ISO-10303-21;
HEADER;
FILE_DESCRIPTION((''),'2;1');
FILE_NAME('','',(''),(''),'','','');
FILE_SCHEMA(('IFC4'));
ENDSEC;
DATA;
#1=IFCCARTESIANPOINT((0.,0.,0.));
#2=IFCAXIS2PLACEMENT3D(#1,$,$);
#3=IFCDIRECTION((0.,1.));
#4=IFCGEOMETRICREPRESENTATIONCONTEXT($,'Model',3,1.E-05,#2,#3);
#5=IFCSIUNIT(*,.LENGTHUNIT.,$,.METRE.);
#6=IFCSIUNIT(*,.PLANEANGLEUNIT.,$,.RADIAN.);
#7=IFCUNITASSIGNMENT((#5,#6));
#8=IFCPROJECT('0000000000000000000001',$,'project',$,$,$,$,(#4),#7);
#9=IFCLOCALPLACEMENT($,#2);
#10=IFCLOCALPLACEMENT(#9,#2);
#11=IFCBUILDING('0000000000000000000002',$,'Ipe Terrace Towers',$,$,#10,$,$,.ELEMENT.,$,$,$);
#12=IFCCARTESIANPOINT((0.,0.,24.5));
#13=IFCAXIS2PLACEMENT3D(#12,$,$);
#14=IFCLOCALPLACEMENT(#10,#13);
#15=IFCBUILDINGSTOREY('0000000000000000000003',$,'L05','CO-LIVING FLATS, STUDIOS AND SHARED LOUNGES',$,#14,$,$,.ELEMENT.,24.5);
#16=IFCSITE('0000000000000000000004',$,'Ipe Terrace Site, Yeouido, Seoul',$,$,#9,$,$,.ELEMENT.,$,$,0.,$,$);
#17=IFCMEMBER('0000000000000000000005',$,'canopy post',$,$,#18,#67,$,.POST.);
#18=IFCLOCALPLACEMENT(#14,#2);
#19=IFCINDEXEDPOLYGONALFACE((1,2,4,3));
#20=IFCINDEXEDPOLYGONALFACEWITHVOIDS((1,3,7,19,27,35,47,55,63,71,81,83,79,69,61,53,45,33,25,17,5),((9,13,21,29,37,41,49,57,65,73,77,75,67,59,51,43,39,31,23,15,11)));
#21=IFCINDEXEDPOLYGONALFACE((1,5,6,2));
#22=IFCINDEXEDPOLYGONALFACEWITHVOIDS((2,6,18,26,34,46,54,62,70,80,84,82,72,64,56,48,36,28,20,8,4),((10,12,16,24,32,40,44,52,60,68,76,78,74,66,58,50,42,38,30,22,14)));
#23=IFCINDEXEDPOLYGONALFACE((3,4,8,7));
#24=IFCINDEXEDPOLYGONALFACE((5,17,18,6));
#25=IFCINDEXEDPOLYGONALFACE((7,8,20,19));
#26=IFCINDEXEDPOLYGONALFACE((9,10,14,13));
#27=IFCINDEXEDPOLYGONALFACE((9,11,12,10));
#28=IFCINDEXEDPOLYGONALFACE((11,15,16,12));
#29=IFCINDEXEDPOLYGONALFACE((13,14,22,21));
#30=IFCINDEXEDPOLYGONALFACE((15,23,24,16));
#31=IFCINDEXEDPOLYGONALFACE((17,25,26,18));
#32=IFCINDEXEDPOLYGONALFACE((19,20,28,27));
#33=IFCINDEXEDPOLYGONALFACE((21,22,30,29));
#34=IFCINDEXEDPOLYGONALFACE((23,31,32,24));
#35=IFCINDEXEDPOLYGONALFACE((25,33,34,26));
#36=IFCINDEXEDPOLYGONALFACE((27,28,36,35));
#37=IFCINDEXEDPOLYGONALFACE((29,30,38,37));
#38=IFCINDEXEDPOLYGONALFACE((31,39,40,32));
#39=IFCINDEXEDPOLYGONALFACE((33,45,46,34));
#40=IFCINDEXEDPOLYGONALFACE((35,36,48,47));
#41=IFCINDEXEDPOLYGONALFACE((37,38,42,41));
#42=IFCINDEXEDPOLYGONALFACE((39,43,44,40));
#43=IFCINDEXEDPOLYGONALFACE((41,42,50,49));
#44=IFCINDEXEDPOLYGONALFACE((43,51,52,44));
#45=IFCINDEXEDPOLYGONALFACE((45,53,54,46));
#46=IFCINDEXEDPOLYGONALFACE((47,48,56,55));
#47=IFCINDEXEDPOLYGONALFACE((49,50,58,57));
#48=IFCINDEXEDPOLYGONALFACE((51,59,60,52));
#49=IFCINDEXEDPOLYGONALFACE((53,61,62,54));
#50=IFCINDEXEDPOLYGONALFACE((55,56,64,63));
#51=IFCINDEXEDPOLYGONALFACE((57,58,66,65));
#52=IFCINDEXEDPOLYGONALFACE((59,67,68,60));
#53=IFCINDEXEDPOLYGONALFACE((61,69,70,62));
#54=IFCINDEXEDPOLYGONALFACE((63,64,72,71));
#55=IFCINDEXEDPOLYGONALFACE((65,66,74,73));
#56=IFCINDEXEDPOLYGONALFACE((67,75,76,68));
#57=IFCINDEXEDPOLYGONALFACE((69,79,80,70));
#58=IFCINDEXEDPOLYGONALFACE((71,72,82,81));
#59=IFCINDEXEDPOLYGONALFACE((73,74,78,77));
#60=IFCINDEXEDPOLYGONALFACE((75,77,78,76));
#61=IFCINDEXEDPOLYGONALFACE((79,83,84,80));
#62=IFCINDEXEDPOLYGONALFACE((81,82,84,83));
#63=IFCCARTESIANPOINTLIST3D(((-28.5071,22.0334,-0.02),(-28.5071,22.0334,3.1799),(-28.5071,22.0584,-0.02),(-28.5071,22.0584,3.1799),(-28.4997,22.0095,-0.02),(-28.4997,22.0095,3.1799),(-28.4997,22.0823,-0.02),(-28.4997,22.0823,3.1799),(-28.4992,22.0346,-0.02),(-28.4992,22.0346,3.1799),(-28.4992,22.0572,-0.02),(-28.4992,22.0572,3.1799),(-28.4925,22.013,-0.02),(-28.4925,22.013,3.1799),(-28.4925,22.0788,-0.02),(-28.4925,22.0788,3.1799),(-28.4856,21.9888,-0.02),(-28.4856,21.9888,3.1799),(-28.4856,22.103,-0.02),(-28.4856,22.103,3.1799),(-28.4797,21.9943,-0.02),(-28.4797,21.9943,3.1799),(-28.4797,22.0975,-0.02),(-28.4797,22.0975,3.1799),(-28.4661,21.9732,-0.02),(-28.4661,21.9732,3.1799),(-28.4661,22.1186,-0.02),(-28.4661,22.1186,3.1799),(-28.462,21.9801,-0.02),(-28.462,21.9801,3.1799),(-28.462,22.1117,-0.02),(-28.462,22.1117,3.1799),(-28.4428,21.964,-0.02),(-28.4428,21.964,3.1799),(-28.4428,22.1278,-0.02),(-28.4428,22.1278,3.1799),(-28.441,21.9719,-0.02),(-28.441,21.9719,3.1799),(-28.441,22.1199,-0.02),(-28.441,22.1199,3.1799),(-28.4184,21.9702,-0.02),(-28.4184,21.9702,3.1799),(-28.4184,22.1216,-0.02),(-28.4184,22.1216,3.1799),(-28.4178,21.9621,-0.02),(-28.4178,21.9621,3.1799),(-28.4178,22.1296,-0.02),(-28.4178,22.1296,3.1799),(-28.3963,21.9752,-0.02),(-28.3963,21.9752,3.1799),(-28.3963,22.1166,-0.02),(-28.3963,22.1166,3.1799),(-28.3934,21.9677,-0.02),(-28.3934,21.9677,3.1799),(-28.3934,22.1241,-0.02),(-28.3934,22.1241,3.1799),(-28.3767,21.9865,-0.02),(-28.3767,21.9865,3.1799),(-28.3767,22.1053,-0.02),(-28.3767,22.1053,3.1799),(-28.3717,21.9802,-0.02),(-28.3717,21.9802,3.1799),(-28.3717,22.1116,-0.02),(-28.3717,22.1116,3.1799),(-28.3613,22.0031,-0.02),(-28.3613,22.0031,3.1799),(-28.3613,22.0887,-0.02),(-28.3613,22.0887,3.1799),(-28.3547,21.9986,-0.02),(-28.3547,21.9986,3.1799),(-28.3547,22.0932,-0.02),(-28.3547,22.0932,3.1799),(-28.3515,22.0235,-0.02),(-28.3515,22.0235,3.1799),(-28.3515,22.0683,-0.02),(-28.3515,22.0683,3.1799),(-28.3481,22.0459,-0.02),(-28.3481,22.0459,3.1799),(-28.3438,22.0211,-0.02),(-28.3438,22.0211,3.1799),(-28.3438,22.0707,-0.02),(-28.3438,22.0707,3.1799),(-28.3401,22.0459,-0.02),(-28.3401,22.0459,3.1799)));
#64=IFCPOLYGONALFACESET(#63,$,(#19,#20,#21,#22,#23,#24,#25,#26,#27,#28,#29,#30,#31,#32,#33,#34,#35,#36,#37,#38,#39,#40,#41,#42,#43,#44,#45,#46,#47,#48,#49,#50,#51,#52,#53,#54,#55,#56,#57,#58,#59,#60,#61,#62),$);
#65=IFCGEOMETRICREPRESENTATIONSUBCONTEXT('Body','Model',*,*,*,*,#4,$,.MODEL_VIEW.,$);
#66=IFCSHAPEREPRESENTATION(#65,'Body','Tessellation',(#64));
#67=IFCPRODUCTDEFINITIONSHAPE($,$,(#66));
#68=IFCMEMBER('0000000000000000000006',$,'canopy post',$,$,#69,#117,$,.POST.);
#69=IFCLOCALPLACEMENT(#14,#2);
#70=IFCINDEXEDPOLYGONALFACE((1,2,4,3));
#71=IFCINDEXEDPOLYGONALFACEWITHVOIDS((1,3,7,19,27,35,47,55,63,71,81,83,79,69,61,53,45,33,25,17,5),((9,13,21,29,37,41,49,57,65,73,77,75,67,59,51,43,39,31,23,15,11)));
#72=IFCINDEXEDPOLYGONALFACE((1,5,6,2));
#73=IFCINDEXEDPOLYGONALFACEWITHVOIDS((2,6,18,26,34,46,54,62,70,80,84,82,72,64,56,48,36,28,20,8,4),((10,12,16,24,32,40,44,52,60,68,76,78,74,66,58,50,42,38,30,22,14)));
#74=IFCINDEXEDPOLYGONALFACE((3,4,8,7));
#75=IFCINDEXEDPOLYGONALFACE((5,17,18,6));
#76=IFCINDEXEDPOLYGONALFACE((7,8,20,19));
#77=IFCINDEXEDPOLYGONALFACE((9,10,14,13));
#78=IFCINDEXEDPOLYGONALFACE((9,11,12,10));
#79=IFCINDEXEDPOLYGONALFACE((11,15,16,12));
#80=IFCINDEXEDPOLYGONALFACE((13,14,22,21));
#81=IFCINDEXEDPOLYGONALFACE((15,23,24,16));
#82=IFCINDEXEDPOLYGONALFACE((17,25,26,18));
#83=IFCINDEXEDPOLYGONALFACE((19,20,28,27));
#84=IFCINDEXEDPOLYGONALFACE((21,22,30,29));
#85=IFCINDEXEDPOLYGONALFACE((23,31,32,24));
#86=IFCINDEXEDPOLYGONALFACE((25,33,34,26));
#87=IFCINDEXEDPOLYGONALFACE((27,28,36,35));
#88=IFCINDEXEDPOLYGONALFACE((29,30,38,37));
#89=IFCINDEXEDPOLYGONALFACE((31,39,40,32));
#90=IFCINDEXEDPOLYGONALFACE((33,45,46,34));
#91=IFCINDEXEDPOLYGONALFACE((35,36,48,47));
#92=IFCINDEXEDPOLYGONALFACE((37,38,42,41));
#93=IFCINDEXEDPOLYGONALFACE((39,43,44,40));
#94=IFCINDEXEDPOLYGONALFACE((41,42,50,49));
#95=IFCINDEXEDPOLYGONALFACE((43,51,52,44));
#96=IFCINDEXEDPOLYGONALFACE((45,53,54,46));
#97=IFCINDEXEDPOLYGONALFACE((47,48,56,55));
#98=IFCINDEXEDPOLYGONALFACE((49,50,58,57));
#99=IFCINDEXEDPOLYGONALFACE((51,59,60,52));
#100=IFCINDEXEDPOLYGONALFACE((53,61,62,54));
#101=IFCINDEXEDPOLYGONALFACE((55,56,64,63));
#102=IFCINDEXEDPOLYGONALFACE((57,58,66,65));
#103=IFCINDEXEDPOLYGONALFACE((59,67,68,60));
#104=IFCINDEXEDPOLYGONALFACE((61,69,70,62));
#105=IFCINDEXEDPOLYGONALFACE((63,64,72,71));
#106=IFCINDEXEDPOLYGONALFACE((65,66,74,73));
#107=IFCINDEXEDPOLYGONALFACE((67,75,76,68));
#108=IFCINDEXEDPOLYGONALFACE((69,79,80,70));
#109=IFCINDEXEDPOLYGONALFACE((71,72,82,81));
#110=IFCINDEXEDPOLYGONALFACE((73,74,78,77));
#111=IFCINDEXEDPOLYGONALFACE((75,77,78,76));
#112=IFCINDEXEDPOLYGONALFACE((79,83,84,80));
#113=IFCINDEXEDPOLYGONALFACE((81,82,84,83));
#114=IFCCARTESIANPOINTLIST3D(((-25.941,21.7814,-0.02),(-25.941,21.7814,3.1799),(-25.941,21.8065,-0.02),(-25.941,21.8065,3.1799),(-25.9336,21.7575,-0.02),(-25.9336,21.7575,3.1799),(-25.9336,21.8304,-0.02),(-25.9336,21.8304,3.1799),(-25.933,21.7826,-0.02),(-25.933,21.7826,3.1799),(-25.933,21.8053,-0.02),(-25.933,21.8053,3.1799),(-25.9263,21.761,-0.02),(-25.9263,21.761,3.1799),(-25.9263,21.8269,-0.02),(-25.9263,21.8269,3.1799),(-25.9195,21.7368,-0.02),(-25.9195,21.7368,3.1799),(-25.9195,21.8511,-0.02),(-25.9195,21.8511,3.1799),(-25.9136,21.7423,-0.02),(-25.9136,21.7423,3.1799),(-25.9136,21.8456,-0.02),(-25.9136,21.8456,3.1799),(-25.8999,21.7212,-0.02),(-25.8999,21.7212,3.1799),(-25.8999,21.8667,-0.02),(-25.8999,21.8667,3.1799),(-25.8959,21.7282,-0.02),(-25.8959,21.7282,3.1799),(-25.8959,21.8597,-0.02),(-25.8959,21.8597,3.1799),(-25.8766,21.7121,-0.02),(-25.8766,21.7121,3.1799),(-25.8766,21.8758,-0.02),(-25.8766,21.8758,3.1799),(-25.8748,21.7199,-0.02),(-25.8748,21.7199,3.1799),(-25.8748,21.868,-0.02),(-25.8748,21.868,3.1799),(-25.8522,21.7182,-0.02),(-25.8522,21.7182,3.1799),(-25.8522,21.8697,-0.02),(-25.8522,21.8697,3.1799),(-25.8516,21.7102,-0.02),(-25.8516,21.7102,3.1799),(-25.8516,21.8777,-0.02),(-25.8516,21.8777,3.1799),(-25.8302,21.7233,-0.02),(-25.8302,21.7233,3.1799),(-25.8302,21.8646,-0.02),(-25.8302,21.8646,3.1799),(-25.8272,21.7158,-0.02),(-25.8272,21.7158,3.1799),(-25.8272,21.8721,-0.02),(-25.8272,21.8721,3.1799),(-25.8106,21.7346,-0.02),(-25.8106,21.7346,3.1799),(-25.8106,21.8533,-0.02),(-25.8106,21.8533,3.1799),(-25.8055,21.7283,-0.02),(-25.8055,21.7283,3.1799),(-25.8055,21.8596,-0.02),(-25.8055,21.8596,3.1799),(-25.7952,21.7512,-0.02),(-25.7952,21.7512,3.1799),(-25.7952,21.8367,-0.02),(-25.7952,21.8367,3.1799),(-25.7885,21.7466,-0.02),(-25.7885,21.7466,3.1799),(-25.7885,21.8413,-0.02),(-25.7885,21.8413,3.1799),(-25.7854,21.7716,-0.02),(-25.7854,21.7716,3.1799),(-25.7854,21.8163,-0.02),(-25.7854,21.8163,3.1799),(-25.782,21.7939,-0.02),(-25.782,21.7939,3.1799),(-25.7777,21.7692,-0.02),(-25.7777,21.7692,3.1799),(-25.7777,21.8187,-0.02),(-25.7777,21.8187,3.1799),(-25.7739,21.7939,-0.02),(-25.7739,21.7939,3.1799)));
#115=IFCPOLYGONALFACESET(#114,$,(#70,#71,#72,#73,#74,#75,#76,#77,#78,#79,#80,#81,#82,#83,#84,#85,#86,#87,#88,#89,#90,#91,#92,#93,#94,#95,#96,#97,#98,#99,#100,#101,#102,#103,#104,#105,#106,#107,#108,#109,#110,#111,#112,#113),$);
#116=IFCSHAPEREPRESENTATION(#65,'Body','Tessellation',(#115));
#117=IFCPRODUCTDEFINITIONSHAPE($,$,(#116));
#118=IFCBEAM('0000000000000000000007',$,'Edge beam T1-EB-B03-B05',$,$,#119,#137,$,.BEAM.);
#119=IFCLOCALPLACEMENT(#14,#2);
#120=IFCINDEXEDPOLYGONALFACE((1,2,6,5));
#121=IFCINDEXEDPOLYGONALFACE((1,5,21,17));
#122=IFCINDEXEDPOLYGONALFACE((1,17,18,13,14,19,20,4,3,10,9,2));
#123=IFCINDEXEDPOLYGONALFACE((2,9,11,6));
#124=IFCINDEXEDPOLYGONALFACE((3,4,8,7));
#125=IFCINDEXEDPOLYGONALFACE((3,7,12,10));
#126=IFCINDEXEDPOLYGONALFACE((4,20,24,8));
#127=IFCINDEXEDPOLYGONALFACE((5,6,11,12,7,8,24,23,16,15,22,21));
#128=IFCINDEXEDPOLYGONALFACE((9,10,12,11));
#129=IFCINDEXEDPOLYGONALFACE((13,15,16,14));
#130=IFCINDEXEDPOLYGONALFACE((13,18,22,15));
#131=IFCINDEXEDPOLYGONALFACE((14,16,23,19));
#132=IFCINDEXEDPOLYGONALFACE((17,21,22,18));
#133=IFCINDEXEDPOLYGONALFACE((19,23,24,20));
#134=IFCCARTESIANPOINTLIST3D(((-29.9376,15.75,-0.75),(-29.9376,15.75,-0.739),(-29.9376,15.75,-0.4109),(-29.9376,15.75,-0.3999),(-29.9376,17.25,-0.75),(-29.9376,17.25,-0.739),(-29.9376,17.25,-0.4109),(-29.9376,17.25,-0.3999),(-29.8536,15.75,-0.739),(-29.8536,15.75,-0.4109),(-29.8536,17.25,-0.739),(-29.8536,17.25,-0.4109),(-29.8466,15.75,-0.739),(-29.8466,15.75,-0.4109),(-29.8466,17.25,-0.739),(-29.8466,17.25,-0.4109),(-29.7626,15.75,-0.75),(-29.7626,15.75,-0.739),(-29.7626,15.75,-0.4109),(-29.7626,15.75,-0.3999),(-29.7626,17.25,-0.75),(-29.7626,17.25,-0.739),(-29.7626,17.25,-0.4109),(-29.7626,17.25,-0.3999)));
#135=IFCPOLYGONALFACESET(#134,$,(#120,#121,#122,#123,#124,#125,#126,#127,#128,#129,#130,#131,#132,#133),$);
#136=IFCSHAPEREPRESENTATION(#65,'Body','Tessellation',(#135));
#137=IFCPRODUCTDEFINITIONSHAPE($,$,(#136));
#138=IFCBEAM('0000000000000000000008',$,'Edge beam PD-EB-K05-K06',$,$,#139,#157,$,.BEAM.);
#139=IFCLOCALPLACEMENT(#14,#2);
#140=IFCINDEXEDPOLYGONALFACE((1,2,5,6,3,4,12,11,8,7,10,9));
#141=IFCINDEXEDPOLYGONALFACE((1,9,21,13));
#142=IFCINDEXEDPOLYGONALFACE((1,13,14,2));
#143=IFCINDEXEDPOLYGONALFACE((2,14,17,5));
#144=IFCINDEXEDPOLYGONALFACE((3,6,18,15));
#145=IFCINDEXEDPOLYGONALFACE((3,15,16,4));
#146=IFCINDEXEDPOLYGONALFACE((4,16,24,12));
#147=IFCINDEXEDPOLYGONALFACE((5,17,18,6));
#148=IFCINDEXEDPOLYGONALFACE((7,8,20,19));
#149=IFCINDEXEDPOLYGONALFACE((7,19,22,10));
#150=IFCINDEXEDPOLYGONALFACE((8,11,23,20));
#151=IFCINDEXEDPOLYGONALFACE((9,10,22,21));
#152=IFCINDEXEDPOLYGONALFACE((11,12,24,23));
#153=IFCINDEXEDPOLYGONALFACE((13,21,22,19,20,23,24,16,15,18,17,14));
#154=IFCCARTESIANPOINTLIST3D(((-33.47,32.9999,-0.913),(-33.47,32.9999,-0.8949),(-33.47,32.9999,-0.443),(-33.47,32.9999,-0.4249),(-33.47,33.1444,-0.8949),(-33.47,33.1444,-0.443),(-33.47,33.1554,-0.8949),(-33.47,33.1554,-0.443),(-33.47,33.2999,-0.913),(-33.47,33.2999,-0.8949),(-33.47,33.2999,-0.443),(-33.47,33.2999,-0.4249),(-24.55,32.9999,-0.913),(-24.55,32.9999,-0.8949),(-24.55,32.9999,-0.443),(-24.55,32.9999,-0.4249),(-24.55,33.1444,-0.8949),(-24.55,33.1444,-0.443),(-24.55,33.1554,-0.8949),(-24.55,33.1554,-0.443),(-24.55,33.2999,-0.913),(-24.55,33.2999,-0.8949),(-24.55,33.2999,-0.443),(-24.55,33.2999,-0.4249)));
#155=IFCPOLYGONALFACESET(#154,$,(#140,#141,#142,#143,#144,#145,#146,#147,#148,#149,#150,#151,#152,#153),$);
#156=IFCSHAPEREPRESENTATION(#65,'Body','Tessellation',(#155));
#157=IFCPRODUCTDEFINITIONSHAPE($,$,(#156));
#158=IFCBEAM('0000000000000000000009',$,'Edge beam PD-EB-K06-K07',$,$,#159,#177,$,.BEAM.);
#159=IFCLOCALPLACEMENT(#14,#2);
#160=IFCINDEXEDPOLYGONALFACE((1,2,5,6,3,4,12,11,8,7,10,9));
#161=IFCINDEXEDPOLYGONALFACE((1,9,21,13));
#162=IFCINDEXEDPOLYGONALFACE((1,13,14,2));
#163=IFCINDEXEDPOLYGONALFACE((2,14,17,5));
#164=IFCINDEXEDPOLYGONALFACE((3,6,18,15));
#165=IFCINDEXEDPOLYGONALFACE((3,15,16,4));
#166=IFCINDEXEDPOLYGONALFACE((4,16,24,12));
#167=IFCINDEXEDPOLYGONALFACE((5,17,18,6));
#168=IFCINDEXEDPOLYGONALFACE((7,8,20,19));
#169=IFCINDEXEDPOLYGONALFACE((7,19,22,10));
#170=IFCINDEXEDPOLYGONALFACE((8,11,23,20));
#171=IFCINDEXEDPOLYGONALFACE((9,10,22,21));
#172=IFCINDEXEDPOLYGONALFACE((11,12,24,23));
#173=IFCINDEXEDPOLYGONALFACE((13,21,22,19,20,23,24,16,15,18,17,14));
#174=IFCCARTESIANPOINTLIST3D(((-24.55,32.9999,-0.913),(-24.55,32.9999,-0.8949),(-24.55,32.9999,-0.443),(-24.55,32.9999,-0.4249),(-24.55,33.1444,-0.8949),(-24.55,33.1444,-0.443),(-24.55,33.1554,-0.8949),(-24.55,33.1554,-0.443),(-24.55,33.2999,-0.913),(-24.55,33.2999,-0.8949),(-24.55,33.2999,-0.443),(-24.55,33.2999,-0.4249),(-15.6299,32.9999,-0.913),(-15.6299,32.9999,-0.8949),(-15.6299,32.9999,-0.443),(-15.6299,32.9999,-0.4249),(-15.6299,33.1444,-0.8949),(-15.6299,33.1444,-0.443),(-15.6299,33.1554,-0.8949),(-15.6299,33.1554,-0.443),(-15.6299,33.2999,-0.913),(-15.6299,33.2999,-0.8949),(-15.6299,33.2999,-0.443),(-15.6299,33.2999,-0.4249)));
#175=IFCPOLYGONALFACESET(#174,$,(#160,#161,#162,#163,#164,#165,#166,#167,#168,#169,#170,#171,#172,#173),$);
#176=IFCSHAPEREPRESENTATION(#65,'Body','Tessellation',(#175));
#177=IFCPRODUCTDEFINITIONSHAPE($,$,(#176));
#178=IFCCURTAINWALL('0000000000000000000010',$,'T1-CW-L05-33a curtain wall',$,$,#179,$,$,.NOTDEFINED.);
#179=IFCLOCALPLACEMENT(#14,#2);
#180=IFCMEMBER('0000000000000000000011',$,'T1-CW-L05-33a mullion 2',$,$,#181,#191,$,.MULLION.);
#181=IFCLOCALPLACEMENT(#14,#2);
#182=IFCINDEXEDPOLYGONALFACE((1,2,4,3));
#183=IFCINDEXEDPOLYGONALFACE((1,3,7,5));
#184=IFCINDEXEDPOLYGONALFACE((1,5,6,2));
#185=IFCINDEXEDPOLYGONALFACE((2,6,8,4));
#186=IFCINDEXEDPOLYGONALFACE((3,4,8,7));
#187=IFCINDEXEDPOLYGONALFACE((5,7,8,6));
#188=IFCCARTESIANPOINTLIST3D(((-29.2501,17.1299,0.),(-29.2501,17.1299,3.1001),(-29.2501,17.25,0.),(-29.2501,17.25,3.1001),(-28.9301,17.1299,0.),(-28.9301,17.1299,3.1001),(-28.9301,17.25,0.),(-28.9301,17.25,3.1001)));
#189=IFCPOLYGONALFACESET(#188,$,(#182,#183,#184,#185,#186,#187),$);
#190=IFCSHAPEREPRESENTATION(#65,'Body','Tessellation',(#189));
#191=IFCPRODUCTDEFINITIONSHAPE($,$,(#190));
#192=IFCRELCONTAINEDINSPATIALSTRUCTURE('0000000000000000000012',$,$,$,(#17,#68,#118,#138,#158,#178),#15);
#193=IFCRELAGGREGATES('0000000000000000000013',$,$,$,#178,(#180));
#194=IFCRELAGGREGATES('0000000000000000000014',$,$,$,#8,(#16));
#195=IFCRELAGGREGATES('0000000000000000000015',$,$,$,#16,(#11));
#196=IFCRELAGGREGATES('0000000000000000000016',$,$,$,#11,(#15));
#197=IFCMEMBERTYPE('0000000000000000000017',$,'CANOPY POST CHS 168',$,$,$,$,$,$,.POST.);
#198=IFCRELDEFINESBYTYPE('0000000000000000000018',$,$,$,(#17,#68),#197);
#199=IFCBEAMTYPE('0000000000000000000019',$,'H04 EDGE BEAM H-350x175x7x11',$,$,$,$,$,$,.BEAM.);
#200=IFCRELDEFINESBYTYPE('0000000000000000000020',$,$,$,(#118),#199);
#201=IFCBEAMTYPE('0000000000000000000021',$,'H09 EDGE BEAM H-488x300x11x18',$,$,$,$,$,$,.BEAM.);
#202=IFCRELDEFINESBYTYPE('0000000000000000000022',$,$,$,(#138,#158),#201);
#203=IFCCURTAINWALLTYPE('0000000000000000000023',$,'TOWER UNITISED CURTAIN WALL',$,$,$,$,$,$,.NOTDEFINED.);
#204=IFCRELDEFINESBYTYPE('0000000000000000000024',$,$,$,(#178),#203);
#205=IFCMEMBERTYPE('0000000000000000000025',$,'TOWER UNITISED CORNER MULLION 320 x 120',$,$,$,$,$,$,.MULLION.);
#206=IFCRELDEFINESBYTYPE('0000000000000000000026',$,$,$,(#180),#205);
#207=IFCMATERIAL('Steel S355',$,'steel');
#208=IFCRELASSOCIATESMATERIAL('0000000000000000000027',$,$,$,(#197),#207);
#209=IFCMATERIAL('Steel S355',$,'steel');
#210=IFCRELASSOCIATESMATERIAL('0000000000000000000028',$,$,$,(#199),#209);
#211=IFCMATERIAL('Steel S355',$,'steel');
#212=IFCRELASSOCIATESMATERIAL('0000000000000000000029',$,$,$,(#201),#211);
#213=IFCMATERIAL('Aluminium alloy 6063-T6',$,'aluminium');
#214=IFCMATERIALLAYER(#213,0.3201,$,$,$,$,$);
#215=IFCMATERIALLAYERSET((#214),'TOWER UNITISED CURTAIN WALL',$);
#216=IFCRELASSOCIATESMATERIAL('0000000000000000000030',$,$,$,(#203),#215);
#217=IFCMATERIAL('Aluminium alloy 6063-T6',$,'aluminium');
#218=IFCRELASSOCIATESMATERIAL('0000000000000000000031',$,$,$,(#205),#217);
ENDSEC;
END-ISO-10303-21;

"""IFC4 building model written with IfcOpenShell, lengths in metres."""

from ifc_helpers import new_model, si_unit, direction, frame, origin, origin_2d, place, context, subcontext, project, spatial, rectangle, hollow_circle, i_section, extrude, material, layer, layer_set, material_profile, profile_set, type_object, element, aggregate, save


model = new_model("IFC4")

# Units and contexts
model_context = context("Model", 3, precision=1e-05, world=origin(), true_north=direction((0.0, 1.0)))
body_context = subcontext(model_context, "Body", "Model", "MODEL_VIEW")
ifc_project = project(units=[si_unit("LENGTHUNIT", "METRE"), si_unit("PLANEANGLEUNIT", "RADIAN")], contexts=[model_context])

# Site, building, storey
site_placement = place(None, origin())
site = spatial("IfcSite", under=ifc_project, at=site_placement, Name="Ipe Terrace Site, Yeouido, Seoul", CompositionType="ELEMENT", RefElevation=0.0)
building_placement = place(site_placement, origin())
building = spatial("IfcBuilding", under=site, at=building_placement, Name="Ipe Terrace Towers", CompositionType="ELEMENT")
storey_placement = place(building_placement, frame((0.0, 0.0, 24.5)))
storey = spatial("IfcBuildingStorey", under=building, at=storey_placement, Name="L05", Description="CO-LIVING FLATS, STUDIOS AND SHARED LOUNGES", CompositionType="ELEMENT", Elevation=24.5)

# Members
ifc_material_1 = material(Name="Steel S355", Category="steel")
ifc_material_profile_1 = material_profile(ifc_material_1, hollow_circle(Radius=0.084, WallThickness=0.0081, at=origin_2d()), Name="CANOPY POST CHS 168")
ifc_profile_set_1 = profile_set([ifc_material_profile_1], Name="Steel S355")
member_type_1 = type_object("IfcMemberType", Name="CANOPY POST CHS 168", PredefinedType="POST", material=ifc_profile_set_1)
for number, where, z_axis, x_axis, name in (
    (1, (-28.4241, 22.0459, -0.02), (0.0, 0.0, 1.0), (1.0, 0.0, 0.0), "canopy post"),
    (2, (-25.8579, 21.7939, -0.02), (0.0, 0.0, 1.0), (1.0, 0.0, 0.0), "canopy post"),
):
    element("IfcMember", number, at=place(storey_placement, frame(where, z_axis=z_axis, x_axis=x_axis)), inside=storey, type_object=member_type_1, Name=name, PredefinedType="POST", context=body_context, shape_type="SweptSolid", body=[
        extrude(hollow_circle(Radius=0.084, WallThickness=0.0081, at=origin_2d()), origin(), (0.0, 0.0, 1.0), 3.2),
    ])

# Beams
ifc_material_2 = material(Name="Steel S355", Category="steel")
ifc_material_profile_2 = material_profile(ifc_material_2, i_section(OverallWidth=0.175, OverallDepth=0.3501, WebThickness=0.0071, FlangeThickness=0.011, at=origin_2d()), Name="H-350x175x7x11")
ifc_profile_set_2 = profile_set([ifc_material_profile_2], Name="Steel S355")
beam_type_1 = type_object("IfcBeamType", Name="H04 EDGE BEAM H-350x175x7x11", PredefinedType="BEAM", material=ifc_profile_set_2)
beam_1_placement = place(storey_placement, frame((-29.8501, 15.75, -0.575), z_axis=(0.0, 1.0, 0.0), x_axis=(-1.0, 0.0, 0.0)))
element("IfcBeam", 3, at=beam_1_placement, inside=storey, type_object=beam_type_1, Name="Edge beam T1-EB-B03-B05", PredefinedType="BEAM", context=body_context, shape_type="SweptSolid", body=[
    extrude(i_section(OverallWidth=0.175, OverallDepth=0.3501, WebThickness=0.0071, FlangeThickness=0.011, at=origin_2d()), origin(), (0.0, 0.0, 1.0), 1.5),
])
ifc_material_3 = material(Name="Steel S355", Category="steel")
ifc_material_profile_3 = material_profile(ifc_material_3, i_section(OverallWidth=0.3, OverallDepth=0.488, WebThickness=0.011, FlangeThickness=0.0181, at=origin_2d()), Name="H-488x300x11x18")
ifc_profile_set_3 = profile_set([ifc_material_profile_3], Name="Steel S355")
beam_type_2 = type_object("IfcBeamType", Name="H09 EDGE BEAM H-488x300x11x18", PredefinedType="BEAM", material=ifc_profile_set_3)
beam_2_placement = place(storey_placement, frame((-33.47, 33.1499, -0.6689), z_axis=(1.0, 0.0, 0.0), x_axis=(0.0, 1.0, 0.0)))
element("IfcBeam", 4, at=beam_2_placement, inside=storey, type_object=beam_type_2, Name="Edge beam PD-EB-K05-K06", PredefinedType="BEAM", context=body_context, shape_type="SweptSolid", body=[
    extrude(i_section(OverallWidth=0.3, OverallDepth=0.488, WebThickness=0.011, FlangeThickness=0.0181, at=origin_2d()), origin(), (0.0, 0.0, 1.0), 8.9199),
])
beam_3_placement = place(storey_placement, frame((-24.55, 33.1499, -0.6689), z_axis=(1.0, 0.0, 0.0), x_axis=(0.0, 1.0, 0.0)))
element("IfcBeam", 5, at=beam_3_placement, inside=storey, type_object=beam_type_2, Name="Edge beam PD-EB-K06-K07", PredefinedType="BEAM", context=body_context, shape_type="SweptSolid", body=[
    extrude(i_section(OverallWidth=0.3, OverallDepth=0.488, WebThickness=0.011, FlangeThickness=0.0181, at=origin_2d()), origin(), (0.0, 0.0, 1.0), 8.9202),
])

# Curtain wall, member
ifc_material_4 = material(Name="Aluminium alloy 6063-T6", Category="aluminium")
ifc_layer_1 = layer(ifc_material_4, 0.3201)
ifc_layer_set_1 = layer_set([ifc_layer_1], Name="TOWER UNITISED CURTAIN WALL")
curtain_wall_type = type_object("IfcCurtainWallType", Name="TOWER UNITISED CURTAIN WALL", PredefinedType="NOTDEFINED", material=ifc_layer_set_1)
curtain_wall_1_placement = place(storey_placement, origin())
curtain_wall_1 = element("IfcCurtainWall", 6, at=curtain_wall_1_placement, inside=storey, type_object=curtain_wall_type, Name="T1-CW-L05-33a curtain wall", PredefinedType="NOTDEFINED")
ifc_material_5 = material(Name="Aluminium alloy 6063-T6", Category="aluminium")
ifc_material_profile_4 = material_profile(ifc_material_5, rectangle(XDim=0.3201, YDim=0.1201, at=origin_2d()), Name="TOWER UNITISED CORNER MULLION 320 x 120")
ifc_profile_set_4 = profile_set([ifc_material_profile_4], Name="Aluminium alloy 6063-T6")
member_type_2 = type_object("IfcMemberType", Name="TOWER UNITISED CORNER MULLION 320 x 120", PredefinedType="MULLION", material=ifc_profile_set_4)
member_1_placement = place(storey_placement, frame((-29.0901, 17.1899, 0.0), z_axis=(0.0, 0.0, 1.0), x_axis=(1.0, 0.0, 0.0)))
member_1 = element("IfcMember", 7, at=member_1_placement, type_object=member_type_2, Name="T1-CW-L05-33a mullion 2", PredefinedType="MULLION", context=body_context, shape_type="SweptSolid", body=[
    extrude(rectangle(XDim=0.3201, YDim=0.1201, at=origin_2d()), origin(), (0.0, 0.0, 1.0), 3.1001),
])
aggregate(curtain_wall_1, [member_1])

save(model, "model.ifc")
